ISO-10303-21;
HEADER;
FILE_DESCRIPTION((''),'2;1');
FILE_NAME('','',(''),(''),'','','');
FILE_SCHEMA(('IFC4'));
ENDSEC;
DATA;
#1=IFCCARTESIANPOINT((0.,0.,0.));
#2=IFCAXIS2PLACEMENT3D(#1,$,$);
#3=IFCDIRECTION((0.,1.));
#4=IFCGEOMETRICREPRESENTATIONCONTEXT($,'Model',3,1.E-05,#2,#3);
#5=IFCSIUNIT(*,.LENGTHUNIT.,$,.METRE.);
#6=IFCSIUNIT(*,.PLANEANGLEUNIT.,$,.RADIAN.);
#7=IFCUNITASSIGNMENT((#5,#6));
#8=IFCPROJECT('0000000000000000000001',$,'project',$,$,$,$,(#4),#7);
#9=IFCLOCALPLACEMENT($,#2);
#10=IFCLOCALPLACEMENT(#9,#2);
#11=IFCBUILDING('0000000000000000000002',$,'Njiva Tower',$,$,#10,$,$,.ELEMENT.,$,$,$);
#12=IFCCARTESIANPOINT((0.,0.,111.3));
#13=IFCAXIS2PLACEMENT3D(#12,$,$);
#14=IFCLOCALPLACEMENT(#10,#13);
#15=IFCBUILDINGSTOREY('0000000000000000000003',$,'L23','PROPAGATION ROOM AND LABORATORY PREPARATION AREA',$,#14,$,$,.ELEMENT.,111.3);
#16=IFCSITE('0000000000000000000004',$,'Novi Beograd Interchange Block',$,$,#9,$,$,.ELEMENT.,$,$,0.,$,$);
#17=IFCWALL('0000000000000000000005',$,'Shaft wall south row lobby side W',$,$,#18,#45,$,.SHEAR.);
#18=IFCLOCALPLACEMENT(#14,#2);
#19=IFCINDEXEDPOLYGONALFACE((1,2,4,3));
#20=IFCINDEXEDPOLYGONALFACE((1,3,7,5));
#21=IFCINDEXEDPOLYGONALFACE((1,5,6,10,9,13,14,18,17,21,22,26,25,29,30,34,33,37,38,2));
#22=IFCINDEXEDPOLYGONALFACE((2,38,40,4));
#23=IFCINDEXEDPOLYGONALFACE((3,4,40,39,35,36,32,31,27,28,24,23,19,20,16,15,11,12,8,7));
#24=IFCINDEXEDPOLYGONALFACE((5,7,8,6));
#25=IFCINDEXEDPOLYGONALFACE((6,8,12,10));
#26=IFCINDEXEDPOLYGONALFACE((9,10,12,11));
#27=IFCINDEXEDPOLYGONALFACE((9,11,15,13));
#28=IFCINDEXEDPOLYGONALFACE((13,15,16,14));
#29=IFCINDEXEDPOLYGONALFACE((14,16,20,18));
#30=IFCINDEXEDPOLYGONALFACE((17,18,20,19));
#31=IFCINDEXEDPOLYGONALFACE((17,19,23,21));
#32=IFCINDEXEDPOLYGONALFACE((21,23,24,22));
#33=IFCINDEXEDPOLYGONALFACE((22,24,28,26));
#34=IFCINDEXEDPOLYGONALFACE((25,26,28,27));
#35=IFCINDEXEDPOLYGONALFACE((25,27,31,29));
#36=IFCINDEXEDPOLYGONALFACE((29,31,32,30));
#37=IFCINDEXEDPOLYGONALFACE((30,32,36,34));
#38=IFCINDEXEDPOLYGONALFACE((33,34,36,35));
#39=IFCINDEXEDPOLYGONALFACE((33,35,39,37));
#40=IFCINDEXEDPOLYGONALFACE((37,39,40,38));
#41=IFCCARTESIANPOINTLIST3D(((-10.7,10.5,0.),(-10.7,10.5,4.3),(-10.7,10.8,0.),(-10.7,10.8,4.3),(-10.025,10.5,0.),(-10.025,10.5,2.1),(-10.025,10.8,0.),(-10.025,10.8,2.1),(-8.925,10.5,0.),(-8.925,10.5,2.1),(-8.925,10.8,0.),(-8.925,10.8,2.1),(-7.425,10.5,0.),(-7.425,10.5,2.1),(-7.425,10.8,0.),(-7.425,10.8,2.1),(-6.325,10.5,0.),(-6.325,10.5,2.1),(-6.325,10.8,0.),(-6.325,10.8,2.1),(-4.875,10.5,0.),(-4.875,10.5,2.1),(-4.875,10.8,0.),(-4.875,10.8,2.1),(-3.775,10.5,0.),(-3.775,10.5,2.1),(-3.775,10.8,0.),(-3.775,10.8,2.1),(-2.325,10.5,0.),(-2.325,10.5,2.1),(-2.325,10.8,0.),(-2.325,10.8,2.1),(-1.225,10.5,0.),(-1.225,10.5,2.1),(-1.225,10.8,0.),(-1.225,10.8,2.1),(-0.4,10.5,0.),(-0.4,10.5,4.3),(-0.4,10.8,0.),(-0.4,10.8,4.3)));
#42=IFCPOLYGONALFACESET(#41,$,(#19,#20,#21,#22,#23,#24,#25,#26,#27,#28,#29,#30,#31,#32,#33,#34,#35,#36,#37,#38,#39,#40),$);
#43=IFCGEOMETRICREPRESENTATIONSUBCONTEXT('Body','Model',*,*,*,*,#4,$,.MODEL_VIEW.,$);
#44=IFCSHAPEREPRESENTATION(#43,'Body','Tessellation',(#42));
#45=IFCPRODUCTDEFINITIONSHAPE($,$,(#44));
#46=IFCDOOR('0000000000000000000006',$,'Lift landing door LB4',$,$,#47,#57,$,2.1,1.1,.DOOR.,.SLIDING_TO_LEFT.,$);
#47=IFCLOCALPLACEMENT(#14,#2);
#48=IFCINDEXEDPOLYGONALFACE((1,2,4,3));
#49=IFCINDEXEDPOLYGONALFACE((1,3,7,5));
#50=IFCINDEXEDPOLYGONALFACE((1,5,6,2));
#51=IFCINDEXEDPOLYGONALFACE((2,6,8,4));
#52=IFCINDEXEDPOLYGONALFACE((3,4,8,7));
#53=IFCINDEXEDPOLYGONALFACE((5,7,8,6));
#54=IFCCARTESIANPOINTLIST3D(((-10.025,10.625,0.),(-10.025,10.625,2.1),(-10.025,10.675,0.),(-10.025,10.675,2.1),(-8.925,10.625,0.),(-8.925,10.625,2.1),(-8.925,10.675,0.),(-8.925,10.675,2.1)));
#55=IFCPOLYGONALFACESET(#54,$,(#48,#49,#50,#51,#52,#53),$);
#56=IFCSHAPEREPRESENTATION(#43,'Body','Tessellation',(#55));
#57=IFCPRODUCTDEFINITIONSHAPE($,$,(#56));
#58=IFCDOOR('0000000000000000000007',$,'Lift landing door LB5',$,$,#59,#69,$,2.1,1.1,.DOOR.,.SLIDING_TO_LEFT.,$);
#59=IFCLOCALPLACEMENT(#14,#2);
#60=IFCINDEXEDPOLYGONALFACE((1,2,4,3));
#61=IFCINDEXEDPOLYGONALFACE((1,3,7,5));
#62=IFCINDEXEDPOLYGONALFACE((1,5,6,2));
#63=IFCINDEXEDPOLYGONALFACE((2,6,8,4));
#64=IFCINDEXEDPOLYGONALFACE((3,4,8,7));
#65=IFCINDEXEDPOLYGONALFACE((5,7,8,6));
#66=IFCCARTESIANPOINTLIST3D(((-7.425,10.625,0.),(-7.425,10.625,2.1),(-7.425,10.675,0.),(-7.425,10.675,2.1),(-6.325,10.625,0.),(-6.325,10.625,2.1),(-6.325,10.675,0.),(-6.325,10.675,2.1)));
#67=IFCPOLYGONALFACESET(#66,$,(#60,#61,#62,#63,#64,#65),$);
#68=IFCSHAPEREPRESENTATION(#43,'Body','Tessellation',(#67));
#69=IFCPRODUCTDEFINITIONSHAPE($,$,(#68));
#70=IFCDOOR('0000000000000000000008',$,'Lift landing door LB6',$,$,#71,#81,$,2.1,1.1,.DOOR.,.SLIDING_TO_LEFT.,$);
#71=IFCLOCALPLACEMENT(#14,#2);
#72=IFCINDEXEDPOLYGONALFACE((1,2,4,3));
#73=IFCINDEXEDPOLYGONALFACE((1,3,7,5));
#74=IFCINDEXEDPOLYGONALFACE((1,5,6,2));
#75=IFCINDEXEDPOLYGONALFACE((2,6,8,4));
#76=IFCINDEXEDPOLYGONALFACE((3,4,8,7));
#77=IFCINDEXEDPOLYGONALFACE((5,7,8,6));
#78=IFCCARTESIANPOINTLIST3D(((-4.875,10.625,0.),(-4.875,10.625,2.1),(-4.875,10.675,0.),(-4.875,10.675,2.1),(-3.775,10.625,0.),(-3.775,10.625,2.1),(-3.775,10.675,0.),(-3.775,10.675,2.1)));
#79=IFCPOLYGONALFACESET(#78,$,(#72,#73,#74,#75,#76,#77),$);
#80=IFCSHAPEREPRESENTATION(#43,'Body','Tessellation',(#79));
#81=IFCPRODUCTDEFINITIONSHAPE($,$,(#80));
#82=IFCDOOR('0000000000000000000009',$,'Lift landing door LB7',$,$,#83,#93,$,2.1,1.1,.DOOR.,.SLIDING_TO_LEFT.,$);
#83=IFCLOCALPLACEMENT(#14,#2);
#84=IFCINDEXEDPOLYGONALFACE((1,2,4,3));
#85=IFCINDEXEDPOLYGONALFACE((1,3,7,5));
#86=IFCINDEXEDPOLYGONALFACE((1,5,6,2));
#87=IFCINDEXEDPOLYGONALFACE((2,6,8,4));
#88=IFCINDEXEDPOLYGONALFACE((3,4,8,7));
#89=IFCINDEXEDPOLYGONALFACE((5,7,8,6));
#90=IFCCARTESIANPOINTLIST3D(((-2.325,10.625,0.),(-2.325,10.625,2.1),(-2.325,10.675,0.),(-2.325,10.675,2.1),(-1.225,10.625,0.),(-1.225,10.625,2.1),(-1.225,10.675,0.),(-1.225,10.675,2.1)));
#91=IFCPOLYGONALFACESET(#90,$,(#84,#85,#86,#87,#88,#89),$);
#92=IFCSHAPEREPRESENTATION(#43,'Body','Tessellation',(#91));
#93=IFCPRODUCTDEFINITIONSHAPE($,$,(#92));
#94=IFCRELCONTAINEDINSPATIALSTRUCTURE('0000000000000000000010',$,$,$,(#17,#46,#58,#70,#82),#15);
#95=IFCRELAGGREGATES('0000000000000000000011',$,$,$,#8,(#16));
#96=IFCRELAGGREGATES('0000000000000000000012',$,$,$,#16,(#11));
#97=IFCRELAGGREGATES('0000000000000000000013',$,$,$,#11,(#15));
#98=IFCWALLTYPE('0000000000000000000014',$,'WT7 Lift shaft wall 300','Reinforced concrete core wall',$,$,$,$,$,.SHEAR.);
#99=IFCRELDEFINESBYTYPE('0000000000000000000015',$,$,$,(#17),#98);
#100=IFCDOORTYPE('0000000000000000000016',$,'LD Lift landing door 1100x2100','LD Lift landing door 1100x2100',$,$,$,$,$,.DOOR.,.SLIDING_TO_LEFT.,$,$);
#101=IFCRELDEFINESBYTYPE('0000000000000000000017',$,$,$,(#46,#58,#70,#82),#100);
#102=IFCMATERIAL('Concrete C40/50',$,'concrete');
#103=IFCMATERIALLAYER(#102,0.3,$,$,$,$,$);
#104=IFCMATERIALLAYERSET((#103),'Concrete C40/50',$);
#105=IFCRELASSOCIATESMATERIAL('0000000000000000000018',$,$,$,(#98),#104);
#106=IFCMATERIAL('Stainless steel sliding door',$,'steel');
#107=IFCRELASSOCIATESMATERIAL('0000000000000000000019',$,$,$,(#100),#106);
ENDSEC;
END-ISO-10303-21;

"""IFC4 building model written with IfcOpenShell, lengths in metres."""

from ifc_helpers import new_model, si_unit, direction, frame, frame_2d, origin, place, context, subcontext, project, spatial, rectangle, extrude, material, layer, layer_set, type_object, element, fill, save


model = new_model("IFC4")

# Units and contexts
model_context = context("Model", 3, precision=1e-05, world=origin(), true_north=direction((0.0, 1.0)))
body_context = subcontext(model_context, "Body", "Model", "MODEL_VIEW")
ifc_project = project(units=[si_unit("LENGTHUNIT", "METRE"), si_unit("PLANEANGLEUNIT", "RADIAN")], contexts=[model_context])

# Site, building, storey
site_placement = place(None, origin())
site = spatial("IfcSite", under=ifc_project, at=site_placement, Name="Novi Beograd Interchange Block", CompositionType="ELEMENT", RefElevation=0.0)
building_placement = place(site_placement, origin())
building = spatial("IfcBuilding", under=site, at=building_placement, Name="Njiva Tower", CompositionType="ELEMENT")
storey_placement = place(building_placement, frame((0.0, 0.0, 111.3)))
storey = spatial("IfcBuildingStorey", under=building, at=storey_placement, Name="L23", Description="PROPAGATION ROOM AND LABORATORY PREPARATION AREA", CompositionType="ELEMENT", Elevation=111.3)

# Shared definitions
ifc_material_1 = material(Name="Concrete C40/50", Category="concrete")

# Wall, openings, doors
ifc_layer_1 = layer(ifc_material_1, 0.3)
ifc_layer_set_1 = layer_set([ifc_layer_1], Name="Concrete C40/50")
wall_type_1 = type_object("IfcWallType", Name="WT7 Lift shaft wall 300", Description="Reinforced concrete core wall", PredefinedType="SHEAR", material=ifc_layer_set_1)
ifc_material_2 = material(Name="Stainless steel sliding door", Category="steel")
door_type_1 = type_object("IfcDoorType", Name="LD Lift landing door 1100x2100", Description="LD Lift landing door 1100x2100", OperationType="SLIDING_TO_LEFT", PredefinedType="DOOR", material=ifc_material_2)
wall_1_placement = place(storey_placement, frame((-10.7, 10.65, 0.0), z_axis=(0.0, 0.0, 1.0), x_axis=(1.0, 0.0, 0.0)))
wall_1 = element("IfcWall", 1, at=wall_1_placement, inside=storey, type_object=wall_type_1, Name="Shaft wall south row lobby side W", PredefinedType="SHEAR", context=body_context, shape_type="SweptSolid", body=[
    extrude(rectangle(XDim=10.3, YDim=0.3, at=frame_2d((5.15, 0.0))), origin(), (0.0, 0.0, 1.0), 4.3),
])
opening_1_placement = place(wall_1_placement, frame((0.675, 0.0, 0.0)))
opening_1 = element("IfcOpeningElement", 2, at=opening_1_placement, cuts=wall_1, PredefinedType="OPENING", context=body_context, shape_type="SweptSolid", body=[
    extrude(rectangle(XDim=1.1, YDim=2.1, at=frame_2d((0.55, 1.05))), frame((0.0, 0.16, 0.0), z_axis=(0.0, -1.0, 0.0), x_axis=(1.0, 0.0, 0.0)), (0.0, 0.0, 1.0), 0.32),
])
opening_2_placement = place(wall_1_placement, frame((3.275, 0.0, 0.0)))
opening_2 = element("IfcOpeningElement", 3, at=opening_2_placement, cuts=wall_1, PredefinedType="OPENING", context=body_context, shape_type="SweptSolid", body=[
    extrude(rectangle(XDim=1.1, YDim=2.1, at=frame_2d((0.55, 1.05))), frame((0.0, 0.16, 0.0), z_axis=(0.0, -1.0, 0.0), x_axis=(1.0, 0.0, 0.0)), (0.0, 0.0, 1.0), 0.32),
])
opening_3_placement = place(wall_1_placement, frame((5.825, 0.0, 0.0)))
opening_3 = element("IfcOpeningElement", 4, at=opening_3_placement, cuts=wall_1, PredefinedType="OPENING", context=body_context, shape_type="SweptSolid", body=[
    extrude(rectangle(XDim=1.1, YDim=2.1, at=frame_2d((0.55, 1.05))), frame((0.0, 0.16, 0.0), z_axis=(0.0, -1.0, 0.0), x_axis=(1.0, 0.0, 0.0)), (0.0, 0.0, 1.0), 0.32),
])
opening_4_placement = place(wall_1_placement, frame((8.375, 0.0, 0.0)))
opening_4 = element("IfcOpeningElement", 5, at=opening_4_placement, cuts=wall_1, PredefinedType="OPENING", context=body_context, shape_type="SweptSolid", body=[
    extrude(rectangle(XDim=1.1, YDim=2.1, at=frame_2d((0.55, 1.05))), frame((0.0, 0.16, 0.0), z_axis=(0.0, -1.0, 0.0), x_axis=(1.0, 0.0, 0.0)), (0.0, 0.0, 1.0), 0.32),
])
door_1_placement = place(opening_1_placement, origin())
door_1 = element("IfcDoor", 6, at=door_1_placement, inside=storey, type_object=door_type_1, Name="Lift landing door LB4", OperationType="SLIDING_TO_LEFT", OverallHeight=2.1, OverallWidth=1.1, PredefinedType="DOOR", context=body_context, shape_type="SweptSolid", body=[
    extrude(rectangle(XDim=1.1, YDim=2.1, at=frame_2d((0.55, 1.05))), frame((0.0, 0.025, 0.0), z_axis=(0.0, -1.0, 0.0), x_axis=(1.0, 0.0, 0.0)), (0.0, 0.0, 1.0), 0.05),
])
fill(opening_1, door_1)
door_2_placement = place(opening_2_placement, origin())
door_2 = element("IfcDoor", 7, at=door_2_placement, inside=storey, type_object=door_type_1, Name="Lift landing door LB5", OperationType="SLIDING_TO_LEFT", OverallHeight=2.1, OverallWidth=1.1, PredefinedType="DOOR", context=body_context, shape_type="SweptSolid", body=[
    extrude(rectangle(XDim=1.1, YDim=2.1, at=frame_2d((0.55, 1.05))), frame((0.0, 0.025, 0.0), z_axis=(0.0, -1.0, 0.0), x_axis=(1.0, 0.0, 0.0)), (0.0, 0.0, 1.0), 0.05),
])
fill(opening_2, door_2)
door_3_placement = place(opening_3_placement, origin())
door_3 = element("IfcDoor", 8, at=door_3_placement, inside=storey, type_object=door_type_1, Name="Lift landing door LB6", OperationType="SLIDING_TO_LEFT", OverallHeight=2.1, OverallWidth=1.1, PredefinedType="DOOR", context=body_context, shape_type="SweptSolid", body=[
    extrude(rectangle(XDim=1.1, YDim=2.1, at=frame_2d((0.55, 1.05))), frame((0.0, 0.025, 0.0), z_axis=(0.0, -1.0, 0.0), x_axis=(1.0, 0.0, 0.0)), (0.0, 0.0, 1.0), 0.05),
])
fill(opening_3, door_3)
door_4_placement = place(opening_4_placement, origin())
door_4 = element("IfcDoor", 9, at=door_4_placement, inside=storey, type_object=door_type_1, Name="Lift landing door LB7", OperationType="SLIDING_TO_LEFT", OverallHeight=2.1, OverallWidth=1.1, PredefinedType="DOOR", context=body_context, shape_type="SweptSolid", body=[
    extrude(rectangle(XDim=1.1, YDim=2.1, at=frame_2d((0.55, 1.05))), frame((0.0, 0.025, 0.0), z_axis=(0.0, -1.0, 0.0), x_axis=(1.0, 0.0, 0.0)), (0.0, 0.0, 1.0), 0.05),
])
fill(opening_4, door_4)

save(model, "model.ifc")
